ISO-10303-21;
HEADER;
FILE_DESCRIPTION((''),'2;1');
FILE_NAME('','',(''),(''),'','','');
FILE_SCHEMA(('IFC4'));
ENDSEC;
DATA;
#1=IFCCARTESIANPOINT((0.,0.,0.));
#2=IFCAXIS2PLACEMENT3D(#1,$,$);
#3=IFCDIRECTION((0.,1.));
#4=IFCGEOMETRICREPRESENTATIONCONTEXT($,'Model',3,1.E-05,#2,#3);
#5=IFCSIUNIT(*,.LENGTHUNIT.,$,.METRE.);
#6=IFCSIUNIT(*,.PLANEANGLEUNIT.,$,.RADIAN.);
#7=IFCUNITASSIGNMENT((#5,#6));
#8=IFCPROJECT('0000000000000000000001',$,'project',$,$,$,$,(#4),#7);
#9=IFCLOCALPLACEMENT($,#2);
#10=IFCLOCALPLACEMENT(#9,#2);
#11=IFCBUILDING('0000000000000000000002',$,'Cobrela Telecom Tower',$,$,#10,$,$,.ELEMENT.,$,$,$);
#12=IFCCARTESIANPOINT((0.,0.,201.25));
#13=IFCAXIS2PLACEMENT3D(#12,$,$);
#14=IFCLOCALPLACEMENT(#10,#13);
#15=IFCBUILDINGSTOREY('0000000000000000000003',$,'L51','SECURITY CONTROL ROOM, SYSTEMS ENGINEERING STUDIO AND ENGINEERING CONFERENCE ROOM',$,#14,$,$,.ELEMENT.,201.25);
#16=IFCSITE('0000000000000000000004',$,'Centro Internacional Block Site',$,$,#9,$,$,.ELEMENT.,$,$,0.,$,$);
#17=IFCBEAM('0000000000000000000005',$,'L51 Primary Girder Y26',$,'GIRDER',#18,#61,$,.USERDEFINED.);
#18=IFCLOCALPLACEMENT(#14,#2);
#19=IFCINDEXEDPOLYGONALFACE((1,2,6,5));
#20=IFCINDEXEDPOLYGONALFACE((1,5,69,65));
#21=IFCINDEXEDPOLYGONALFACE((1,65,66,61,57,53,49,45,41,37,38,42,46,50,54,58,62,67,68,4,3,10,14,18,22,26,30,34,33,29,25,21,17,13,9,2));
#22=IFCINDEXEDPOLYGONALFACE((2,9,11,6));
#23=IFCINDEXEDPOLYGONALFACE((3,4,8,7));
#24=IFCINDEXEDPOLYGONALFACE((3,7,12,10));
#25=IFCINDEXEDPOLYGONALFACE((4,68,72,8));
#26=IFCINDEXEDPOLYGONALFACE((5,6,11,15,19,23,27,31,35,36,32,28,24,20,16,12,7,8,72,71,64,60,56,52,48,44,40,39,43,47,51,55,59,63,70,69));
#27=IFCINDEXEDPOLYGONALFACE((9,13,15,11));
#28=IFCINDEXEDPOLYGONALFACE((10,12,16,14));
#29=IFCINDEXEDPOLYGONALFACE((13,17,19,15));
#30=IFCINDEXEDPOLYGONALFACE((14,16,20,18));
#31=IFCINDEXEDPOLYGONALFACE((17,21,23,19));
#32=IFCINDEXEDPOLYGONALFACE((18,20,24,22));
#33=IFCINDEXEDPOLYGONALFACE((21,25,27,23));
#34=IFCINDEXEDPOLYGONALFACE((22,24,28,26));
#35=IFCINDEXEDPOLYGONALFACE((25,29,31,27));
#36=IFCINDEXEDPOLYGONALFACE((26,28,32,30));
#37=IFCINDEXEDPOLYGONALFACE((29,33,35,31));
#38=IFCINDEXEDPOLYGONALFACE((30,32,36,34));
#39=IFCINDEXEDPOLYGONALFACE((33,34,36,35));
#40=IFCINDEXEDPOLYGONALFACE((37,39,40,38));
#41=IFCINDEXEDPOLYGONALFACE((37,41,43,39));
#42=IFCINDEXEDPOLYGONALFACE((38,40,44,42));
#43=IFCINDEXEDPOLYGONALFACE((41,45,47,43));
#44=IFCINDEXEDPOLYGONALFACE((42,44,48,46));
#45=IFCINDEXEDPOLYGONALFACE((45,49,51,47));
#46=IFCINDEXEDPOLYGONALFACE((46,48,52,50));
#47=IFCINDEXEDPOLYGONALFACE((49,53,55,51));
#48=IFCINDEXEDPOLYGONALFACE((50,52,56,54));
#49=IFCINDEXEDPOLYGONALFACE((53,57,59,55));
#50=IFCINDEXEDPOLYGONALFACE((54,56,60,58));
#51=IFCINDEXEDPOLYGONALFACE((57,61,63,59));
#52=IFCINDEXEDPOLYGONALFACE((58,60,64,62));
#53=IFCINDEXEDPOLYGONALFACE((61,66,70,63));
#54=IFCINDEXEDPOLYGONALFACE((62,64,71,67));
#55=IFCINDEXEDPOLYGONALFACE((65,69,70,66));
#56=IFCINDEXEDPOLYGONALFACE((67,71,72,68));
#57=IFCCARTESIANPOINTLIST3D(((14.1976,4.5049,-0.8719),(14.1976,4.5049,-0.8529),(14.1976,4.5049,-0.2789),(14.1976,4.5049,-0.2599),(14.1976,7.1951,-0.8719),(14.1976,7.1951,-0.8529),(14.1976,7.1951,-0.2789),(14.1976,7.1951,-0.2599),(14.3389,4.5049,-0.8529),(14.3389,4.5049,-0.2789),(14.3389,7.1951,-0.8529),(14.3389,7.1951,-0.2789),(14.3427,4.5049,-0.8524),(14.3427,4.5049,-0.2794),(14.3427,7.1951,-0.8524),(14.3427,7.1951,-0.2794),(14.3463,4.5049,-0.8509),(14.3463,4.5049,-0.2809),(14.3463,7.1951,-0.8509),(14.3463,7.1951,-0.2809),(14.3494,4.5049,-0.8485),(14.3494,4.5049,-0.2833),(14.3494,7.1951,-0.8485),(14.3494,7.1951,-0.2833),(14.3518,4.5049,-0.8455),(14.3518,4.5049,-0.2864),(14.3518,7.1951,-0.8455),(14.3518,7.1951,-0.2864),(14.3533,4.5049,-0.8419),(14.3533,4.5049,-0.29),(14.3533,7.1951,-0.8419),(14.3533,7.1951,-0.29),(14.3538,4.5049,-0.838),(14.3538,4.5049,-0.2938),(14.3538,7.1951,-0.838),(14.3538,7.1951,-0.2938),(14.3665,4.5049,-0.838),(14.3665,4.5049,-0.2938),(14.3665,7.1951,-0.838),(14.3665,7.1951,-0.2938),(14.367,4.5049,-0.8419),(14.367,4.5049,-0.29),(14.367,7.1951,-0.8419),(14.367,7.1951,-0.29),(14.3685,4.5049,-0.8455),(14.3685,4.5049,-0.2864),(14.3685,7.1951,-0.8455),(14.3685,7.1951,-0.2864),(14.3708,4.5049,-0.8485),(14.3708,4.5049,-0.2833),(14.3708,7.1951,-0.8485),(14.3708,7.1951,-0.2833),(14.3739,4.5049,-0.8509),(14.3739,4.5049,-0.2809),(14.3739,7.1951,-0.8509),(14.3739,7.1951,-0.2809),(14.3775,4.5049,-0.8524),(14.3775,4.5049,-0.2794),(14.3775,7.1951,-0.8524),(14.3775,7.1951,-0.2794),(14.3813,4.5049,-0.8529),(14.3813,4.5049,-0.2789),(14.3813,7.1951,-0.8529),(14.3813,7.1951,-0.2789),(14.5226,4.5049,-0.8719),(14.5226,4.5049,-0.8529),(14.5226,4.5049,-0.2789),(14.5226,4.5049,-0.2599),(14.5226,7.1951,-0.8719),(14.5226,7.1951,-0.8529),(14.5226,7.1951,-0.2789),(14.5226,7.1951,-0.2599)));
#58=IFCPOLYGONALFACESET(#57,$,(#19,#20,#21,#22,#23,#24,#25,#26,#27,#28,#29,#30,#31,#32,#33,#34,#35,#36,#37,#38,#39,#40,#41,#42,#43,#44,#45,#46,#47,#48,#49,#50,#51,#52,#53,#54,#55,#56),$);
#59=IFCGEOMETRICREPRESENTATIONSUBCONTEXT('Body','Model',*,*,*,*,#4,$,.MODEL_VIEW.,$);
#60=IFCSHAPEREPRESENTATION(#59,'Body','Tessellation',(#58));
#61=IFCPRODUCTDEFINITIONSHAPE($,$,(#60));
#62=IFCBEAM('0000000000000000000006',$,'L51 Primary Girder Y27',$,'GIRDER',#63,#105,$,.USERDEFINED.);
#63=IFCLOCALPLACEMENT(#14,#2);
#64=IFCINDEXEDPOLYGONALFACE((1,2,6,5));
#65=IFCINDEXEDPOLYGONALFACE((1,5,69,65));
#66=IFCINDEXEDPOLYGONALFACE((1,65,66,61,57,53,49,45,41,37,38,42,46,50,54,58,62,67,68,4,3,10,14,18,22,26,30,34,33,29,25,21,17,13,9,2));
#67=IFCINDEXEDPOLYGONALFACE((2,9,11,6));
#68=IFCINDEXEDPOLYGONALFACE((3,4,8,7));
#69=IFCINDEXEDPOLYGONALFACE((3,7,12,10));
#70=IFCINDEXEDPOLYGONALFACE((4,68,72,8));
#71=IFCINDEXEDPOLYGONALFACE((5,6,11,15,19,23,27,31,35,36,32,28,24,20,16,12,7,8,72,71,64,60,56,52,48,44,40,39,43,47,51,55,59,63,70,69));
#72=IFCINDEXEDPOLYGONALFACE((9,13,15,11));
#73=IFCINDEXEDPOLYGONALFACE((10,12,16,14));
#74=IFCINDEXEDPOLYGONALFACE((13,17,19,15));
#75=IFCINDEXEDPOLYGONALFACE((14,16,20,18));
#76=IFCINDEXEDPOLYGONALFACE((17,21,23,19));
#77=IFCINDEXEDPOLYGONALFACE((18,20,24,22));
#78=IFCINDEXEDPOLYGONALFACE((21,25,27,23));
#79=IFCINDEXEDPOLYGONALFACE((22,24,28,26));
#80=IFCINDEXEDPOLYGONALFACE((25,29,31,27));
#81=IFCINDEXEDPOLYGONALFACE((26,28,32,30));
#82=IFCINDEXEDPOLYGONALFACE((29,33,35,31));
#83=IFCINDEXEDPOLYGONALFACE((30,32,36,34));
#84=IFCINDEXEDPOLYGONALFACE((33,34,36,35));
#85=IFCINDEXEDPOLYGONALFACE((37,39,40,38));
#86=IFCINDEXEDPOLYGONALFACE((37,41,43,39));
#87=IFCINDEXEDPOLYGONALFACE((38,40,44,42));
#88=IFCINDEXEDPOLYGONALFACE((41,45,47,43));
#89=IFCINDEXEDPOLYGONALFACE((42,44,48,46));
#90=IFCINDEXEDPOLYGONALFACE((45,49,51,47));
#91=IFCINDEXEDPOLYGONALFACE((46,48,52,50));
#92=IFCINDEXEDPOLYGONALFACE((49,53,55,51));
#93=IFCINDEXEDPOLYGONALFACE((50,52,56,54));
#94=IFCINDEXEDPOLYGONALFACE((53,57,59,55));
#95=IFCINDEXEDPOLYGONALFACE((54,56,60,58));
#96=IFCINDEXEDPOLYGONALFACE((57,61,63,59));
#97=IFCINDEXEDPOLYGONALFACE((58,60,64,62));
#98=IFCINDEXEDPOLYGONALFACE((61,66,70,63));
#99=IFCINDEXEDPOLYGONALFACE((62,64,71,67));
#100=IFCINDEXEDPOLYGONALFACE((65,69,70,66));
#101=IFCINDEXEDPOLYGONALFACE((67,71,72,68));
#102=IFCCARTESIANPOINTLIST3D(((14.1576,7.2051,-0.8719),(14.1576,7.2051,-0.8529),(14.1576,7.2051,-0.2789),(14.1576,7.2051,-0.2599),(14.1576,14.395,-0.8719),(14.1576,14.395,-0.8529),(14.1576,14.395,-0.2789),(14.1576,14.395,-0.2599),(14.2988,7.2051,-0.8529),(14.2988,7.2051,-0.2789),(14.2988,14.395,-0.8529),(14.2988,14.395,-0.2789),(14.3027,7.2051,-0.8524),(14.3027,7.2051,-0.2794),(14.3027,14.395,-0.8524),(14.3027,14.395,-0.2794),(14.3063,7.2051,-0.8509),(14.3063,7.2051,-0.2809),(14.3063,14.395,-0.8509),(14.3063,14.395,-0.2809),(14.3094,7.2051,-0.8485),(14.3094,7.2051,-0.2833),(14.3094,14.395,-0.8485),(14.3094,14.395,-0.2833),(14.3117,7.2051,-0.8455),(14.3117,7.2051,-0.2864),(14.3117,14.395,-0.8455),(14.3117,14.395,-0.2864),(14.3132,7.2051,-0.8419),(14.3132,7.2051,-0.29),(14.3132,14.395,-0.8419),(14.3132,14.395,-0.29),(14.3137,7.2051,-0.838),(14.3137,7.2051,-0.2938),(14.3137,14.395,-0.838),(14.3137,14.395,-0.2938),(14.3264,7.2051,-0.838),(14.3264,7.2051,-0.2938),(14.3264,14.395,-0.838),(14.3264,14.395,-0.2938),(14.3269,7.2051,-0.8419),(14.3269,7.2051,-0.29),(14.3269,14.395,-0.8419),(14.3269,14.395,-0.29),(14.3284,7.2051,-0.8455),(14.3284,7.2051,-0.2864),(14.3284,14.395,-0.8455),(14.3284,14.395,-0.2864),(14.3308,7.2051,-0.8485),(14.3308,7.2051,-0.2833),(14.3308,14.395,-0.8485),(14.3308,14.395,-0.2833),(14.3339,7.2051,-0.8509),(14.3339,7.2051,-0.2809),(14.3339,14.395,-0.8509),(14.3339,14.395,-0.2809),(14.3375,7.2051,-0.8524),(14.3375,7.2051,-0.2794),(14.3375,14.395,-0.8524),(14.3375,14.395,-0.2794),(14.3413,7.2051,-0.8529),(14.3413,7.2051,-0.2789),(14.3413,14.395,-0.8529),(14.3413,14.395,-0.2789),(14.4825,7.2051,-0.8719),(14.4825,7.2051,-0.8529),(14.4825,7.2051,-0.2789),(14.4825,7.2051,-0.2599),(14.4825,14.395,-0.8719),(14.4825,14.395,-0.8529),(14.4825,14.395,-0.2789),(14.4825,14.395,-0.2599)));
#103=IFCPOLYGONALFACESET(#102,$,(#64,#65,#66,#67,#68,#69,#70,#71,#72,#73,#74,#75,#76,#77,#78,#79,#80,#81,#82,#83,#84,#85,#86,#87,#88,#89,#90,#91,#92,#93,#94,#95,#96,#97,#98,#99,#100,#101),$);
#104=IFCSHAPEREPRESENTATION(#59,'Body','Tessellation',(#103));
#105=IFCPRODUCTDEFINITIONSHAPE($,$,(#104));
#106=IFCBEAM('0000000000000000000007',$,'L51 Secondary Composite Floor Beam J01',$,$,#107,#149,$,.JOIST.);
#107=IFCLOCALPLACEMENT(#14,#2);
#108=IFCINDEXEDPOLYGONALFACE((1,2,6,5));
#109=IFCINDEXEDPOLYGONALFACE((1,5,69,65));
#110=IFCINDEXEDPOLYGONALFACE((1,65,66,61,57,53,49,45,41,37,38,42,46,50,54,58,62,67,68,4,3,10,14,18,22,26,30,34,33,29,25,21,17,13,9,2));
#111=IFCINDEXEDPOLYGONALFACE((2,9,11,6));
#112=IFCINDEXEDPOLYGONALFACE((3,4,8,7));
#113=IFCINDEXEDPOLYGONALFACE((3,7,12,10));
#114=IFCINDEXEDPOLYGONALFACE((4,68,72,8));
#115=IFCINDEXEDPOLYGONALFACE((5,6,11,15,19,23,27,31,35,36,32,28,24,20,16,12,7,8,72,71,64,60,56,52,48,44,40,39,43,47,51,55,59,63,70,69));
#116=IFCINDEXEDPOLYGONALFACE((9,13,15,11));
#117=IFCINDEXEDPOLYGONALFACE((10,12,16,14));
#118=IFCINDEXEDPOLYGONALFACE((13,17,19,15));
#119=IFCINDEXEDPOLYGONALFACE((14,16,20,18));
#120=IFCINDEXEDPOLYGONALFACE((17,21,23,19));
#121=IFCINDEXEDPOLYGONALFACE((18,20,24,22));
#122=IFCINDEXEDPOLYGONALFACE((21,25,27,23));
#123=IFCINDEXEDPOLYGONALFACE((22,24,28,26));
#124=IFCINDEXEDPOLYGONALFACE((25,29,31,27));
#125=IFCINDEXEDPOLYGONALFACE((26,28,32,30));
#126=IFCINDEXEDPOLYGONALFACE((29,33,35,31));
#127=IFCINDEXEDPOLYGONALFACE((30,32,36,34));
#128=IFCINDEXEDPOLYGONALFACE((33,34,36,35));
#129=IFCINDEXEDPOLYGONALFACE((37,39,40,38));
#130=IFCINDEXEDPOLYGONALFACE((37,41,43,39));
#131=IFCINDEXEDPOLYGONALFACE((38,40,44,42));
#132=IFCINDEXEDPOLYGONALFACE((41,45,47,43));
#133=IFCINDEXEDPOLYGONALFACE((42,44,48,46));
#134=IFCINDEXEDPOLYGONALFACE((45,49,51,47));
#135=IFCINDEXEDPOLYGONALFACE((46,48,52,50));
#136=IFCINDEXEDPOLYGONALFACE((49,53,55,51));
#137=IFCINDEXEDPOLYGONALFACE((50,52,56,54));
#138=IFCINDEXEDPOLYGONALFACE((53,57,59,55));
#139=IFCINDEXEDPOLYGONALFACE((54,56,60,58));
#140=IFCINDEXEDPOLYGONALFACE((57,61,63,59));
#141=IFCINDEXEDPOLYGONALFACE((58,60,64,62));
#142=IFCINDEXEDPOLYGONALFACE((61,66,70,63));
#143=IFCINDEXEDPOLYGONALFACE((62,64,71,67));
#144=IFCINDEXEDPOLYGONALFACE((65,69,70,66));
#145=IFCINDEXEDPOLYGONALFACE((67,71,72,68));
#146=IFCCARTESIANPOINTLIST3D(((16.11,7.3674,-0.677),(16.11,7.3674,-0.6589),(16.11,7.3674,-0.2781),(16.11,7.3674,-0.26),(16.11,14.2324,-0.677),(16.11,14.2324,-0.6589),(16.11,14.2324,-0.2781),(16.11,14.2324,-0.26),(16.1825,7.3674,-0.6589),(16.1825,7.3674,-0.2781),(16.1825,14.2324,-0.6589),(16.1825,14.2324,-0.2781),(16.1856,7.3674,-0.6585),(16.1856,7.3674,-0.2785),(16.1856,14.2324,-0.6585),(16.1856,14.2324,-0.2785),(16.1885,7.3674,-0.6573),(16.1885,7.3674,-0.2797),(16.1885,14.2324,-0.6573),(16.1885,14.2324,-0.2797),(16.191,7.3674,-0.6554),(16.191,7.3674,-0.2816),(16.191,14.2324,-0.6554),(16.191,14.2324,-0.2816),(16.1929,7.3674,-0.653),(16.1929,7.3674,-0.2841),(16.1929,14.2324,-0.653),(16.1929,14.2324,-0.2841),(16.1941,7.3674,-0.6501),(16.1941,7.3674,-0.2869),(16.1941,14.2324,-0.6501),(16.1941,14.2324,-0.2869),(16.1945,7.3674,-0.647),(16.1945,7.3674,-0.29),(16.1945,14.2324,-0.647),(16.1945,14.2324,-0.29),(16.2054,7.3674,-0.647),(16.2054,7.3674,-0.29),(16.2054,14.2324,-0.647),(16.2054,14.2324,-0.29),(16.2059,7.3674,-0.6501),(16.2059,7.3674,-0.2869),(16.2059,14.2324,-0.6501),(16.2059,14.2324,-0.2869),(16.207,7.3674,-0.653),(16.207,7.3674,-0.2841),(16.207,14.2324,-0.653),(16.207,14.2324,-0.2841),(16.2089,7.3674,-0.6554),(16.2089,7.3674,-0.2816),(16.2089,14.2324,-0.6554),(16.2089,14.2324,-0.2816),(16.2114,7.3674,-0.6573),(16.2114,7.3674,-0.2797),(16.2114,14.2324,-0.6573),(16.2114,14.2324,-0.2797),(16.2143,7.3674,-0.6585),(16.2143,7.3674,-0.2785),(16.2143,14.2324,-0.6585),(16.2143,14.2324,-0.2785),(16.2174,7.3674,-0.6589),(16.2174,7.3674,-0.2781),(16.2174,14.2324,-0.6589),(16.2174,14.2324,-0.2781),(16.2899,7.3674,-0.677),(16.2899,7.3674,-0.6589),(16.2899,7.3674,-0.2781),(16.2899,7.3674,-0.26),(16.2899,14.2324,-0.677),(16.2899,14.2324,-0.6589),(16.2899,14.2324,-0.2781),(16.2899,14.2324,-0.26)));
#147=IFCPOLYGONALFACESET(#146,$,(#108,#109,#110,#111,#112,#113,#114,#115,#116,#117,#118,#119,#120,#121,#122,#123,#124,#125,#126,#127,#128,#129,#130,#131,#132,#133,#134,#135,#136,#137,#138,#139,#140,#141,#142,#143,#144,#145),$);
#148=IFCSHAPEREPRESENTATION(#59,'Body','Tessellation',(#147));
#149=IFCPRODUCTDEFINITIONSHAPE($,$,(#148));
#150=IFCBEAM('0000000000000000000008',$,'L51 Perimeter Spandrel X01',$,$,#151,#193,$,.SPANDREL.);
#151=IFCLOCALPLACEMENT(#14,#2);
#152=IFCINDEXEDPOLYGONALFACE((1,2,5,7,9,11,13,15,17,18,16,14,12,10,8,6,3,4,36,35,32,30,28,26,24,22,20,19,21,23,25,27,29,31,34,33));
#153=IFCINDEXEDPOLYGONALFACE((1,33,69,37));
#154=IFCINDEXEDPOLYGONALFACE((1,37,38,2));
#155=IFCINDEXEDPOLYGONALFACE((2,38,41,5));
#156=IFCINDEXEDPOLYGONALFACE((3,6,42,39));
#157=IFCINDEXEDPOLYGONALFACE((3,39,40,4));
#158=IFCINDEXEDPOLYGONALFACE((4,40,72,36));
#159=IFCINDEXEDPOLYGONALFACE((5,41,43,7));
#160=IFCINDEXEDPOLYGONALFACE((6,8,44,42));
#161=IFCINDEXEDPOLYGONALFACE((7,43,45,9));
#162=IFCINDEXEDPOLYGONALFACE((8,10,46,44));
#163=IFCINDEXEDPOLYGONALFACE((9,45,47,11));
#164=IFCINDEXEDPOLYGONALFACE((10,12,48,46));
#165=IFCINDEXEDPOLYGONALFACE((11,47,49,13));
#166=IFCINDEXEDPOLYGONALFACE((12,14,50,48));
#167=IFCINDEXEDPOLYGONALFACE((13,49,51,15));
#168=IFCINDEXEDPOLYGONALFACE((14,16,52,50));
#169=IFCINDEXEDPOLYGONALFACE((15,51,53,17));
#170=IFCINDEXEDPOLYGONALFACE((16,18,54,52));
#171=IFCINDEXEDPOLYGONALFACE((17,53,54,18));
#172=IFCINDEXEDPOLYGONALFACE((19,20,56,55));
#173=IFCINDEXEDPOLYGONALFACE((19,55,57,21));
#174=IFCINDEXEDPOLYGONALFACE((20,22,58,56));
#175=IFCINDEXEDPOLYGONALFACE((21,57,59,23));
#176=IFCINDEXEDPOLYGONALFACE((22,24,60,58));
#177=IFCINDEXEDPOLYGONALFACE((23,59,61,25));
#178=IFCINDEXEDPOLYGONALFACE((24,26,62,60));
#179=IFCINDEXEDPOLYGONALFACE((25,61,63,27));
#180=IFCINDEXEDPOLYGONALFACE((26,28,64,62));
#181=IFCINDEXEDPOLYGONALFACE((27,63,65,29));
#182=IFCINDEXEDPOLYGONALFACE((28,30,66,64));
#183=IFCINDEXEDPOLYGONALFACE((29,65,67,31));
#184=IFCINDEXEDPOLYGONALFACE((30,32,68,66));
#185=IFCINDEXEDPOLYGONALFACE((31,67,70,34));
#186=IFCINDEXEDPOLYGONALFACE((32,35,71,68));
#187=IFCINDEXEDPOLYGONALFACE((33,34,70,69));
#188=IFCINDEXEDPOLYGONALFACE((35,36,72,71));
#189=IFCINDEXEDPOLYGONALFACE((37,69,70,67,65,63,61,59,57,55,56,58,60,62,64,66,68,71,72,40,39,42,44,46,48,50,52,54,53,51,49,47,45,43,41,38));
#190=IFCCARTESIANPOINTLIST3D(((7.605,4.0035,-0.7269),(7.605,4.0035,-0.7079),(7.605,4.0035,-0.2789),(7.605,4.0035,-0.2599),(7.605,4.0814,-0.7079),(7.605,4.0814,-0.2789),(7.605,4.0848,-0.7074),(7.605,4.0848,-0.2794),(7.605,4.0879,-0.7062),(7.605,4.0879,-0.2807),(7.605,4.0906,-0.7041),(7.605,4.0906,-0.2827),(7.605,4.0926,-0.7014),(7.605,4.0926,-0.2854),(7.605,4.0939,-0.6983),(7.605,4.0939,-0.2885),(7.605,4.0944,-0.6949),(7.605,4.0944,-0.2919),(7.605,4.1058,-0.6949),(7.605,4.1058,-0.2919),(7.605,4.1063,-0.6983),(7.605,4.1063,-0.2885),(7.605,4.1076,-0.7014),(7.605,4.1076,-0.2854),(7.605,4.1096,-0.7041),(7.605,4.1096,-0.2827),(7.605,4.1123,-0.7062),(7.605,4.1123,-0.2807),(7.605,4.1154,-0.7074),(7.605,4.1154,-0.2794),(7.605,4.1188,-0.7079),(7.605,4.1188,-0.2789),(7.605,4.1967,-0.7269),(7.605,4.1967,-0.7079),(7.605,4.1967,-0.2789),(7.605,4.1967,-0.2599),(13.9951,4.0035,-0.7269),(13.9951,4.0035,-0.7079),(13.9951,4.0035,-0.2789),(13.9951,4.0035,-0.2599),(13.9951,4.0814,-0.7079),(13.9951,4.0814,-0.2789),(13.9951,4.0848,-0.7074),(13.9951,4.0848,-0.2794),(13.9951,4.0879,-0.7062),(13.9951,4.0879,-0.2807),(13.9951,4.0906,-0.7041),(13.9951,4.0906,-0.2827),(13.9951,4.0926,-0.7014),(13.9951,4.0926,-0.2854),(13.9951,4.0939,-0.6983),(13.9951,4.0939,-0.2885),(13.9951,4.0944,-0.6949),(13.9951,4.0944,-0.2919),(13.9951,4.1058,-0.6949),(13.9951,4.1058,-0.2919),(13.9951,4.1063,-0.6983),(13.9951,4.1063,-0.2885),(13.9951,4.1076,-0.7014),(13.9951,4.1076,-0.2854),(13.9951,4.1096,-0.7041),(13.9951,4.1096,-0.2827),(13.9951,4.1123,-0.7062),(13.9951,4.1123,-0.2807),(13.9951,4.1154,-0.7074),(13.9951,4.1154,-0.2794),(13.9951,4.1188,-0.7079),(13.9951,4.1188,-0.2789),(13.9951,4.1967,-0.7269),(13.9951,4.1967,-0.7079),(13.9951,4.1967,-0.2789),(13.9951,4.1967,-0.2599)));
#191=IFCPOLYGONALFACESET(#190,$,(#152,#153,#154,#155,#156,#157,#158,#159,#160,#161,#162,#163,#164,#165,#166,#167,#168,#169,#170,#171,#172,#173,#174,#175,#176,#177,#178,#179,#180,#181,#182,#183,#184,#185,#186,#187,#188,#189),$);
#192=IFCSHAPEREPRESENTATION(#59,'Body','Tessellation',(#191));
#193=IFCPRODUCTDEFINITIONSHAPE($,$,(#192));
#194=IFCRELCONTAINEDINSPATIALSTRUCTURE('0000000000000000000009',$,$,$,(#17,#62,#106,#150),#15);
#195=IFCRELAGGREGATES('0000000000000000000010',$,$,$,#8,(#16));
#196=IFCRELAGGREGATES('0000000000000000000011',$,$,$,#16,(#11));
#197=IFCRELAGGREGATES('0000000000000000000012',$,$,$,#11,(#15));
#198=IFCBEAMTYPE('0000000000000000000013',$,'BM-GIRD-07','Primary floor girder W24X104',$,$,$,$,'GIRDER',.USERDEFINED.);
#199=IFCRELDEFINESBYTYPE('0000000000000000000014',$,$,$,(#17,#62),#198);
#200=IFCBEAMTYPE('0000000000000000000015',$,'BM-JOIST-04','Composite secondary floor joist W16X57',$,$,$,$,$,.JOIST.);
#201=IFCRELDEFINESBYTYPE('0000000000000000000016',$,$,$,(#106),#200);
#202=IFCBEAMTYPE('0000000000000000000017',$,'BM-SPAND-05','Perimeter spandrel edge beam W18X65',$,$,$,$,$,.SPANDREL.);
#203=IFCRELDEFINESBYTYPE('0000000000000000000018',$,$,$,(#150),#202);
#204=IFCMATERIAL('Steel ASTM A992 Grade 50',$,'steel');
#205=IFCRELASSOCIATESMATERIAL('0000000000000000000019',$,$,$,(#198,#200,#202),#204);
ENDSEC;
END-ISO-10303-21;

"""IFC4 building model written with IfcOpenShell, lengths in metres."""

from ifc_helpers import new_model, si_unit, direction, frame, origin, origin_2d, place, context, subcontext, project, spatial, i_section, extrude, material, material_profile, profile_set, type_object, element, save


model = new_model("IFC4")

# Units and contexts
model_context = context("Model", 3, precision=1e-05, world=origin(), true_north=direction((0.0, 1.0)))
body_context = subcontext(model_context, "Body", "Model", "MODEL_VIEW")
ifc_project = project(units=[si_unit("LENGTHUNIT", "METRE"), si_unit("PLANEANGLEUNIT", "RADIAN")], contexts=[model_context])

# Site, building, storey
site_placement = place(None, origin())
site = spatial("IfcSite", under=ifc_project, at=site_placement, Name="Centro Internacional Block Site", CompositionType="ELEMENT", RefElevation=0.0)
building_placement = place(site_placement, origin())
building = spatial("IfcBuilding", under=site, at=building_placement, Name="Cobrela Telecom Tower", CompositionType="ELEMENT")
storey_placement = place(building_placement, frame((0.0, 0.0, 201.25)))
storey = spatial("IfcBuildingStorey", under=building, at=storey_placement, Name="L51", Description="SECURITY CONTROL ROOM, SYSTEMS ENGINEERING STUDIO AND ENGINEERING CONFERENCE ROOM", CompositionType="ELEMENT", Elevation=201.25)

# Beams
ifc_material_1 = material(Name="Steel ASTM A992 Grade 50", Category="steel")
ifc_material_profile_1 = material_profile(ifc_material_1, i_section(OverallWidth=0.325, OverallDepth=0.6121, WebThickness=0.0127, FlangeThickness=0.019, FilletRadius=0.0149, at=origin_2d()), Name="W24X104")
ifc_profile_set_1 = profile_set([ifc_material_profile_1], Name="Steel ASTM A992 Grade 50")
beam_type_1 = type_object("IfcBeamType", Name="BM-GIRD-07", Description="Primary floor girder W24X104", ElementType="GIRDER", PredefinedType="USERDEFINED", material=ifc_profile_set_1)
beam_1_placement = place(storey_placement, frame((14.3601, 4.5049, -0.5659), z_axis=(0.0, 1.0, 0.0), x_axis=(-1.0, 0.0, 0.0)))
element("IfcBeam", 1, at=beam_1_placement, inside=storey, type_object=beam_type_1, Name="L51 Primary Girder Y26", ObjectType="GIRDER", PredefinedType="USERDEFINED", context=body_context, shape_type="SweptSolid", body=[
    extrude(i_section(OverallWidth=0.325, OverallDepth=0.6121, WebThickness=0.0127, FlangeThickness=0.019, FilletRadius=0.0149, at=origin_2d()), origin(), (0.0, 0.0, 1.0), 2.6902),
])
beam_2_placement = place(storey_placement, frame((14.3201, 7.2051, -0.5659), z_axis=(0.0, 1.0, 0.0), x_axis=(-1.0, 0.0, 0.0)))
element("IfcBeam", 2, at=beam_2_placement, inside=storey, type_object=beam_type_1, Name="L51 Primary Girder Y27", ObjectType="GIRDER", PredefinedType="USERDEFINED", context=body_context, shape_type="SweptSolid", body=[
    extrude(i_section(OverallWidth=0.325, OverallDepth=0.6121, WebThickness=0.0127, FlangeThickness=0.019, FilletRadius=0.0149, at=origin_2d()), origin(), (0.0, 0.0, 1.0), 7.1899),
])
ifc_material_profile_2 = material_profile(ifc_material_1, i_section(OverallWidth=0.1799, OverallDepth=0.417, WebThickness=0.011, FlangeThickness=0.0181, FilletRadius=0.012, at=origin_2d()), Name="W16X57")
ifc_profile_set_2 = profile_set([ifc_material_profile_2], Name="Steel ASTM A992 Grade 50")
beam_type_2 = type_object("IfcBeamType", Name="BM-JOIST-04", Description="Composite secondary floor joist W16X57", PredefinedType="JOIST", material=ifc_profile_set_2)
beam_3_placement = place(storey_placement, frame((16.2, 7.3674, -0.4685), z_axis=(0.0, 1.0, 0.0), x_axis=(-1.0, 0.0, 0.0)))
element("IfcBeam", 3, at=beam_3_placement, inside=storey, type_object=beam_type_2, Name="L51 Secondary Composite Floor Beam J01", PredefinedType="JOIST", context=body_context, shape_type="SweptSolid", body=[
    extrude(i_section(OverallWidth=0.1799, OverallDepth=0.417, WebThickness=0.011, FlangeThickness=0.0181, FilletRadius=0.012, at=origin_2d()), origin(), (0.0, 0.0, 1.0), 6.865),
])
ifc_material_profile_3 = material_profile(ifc_material_1, i_section(OverallWidth=0.1931, OverallDepth=0.467, WebThickness=0.0115, FlangeThickness=0.019, FilletRadius=0.0129, at=origin_2d()), Name="W18X65")
ifc_profile_set_3 = profile_set([ifc_material_profile_3], Name="Steel ASTM A992 Grade 50")
beam_type_3 = type_object("IfcBeamType", Name="BM-SPAND-05", Description="Perimeter spandrel edge beam W18X65", PredefinedType="SPANDREL", material=ifc_profile_set_3)
for number, where, z_axis, x_axis, name in (
    (4, (7.605, 4.1001, -0.4934), (1.0, 0.0, 0.0), (0.0, 1.0, 0.0), "L51 Perimeter Spandrel X01"),
):
    element("IfcBeam", number, at=place(storey_placement, frame(where, z_axis=z_axis, x_axis=x_axis)), inside=storey, type_object=beam_type_3, Name=name, PredefinedType="SPANDREL", context=body_context, shape_type="SweptSolid", body=[
        extrude(i_section(OverallWidth=0.1931, OverallDepth=0.467, WebThickness=0.0115, FlangeThickness=0.019, FilletRadius=0.0129, at=origin_2d()), origin(), (0.0, 0.0, 1.0), 6.3901),
    ])

save(model, "model.ifc")
